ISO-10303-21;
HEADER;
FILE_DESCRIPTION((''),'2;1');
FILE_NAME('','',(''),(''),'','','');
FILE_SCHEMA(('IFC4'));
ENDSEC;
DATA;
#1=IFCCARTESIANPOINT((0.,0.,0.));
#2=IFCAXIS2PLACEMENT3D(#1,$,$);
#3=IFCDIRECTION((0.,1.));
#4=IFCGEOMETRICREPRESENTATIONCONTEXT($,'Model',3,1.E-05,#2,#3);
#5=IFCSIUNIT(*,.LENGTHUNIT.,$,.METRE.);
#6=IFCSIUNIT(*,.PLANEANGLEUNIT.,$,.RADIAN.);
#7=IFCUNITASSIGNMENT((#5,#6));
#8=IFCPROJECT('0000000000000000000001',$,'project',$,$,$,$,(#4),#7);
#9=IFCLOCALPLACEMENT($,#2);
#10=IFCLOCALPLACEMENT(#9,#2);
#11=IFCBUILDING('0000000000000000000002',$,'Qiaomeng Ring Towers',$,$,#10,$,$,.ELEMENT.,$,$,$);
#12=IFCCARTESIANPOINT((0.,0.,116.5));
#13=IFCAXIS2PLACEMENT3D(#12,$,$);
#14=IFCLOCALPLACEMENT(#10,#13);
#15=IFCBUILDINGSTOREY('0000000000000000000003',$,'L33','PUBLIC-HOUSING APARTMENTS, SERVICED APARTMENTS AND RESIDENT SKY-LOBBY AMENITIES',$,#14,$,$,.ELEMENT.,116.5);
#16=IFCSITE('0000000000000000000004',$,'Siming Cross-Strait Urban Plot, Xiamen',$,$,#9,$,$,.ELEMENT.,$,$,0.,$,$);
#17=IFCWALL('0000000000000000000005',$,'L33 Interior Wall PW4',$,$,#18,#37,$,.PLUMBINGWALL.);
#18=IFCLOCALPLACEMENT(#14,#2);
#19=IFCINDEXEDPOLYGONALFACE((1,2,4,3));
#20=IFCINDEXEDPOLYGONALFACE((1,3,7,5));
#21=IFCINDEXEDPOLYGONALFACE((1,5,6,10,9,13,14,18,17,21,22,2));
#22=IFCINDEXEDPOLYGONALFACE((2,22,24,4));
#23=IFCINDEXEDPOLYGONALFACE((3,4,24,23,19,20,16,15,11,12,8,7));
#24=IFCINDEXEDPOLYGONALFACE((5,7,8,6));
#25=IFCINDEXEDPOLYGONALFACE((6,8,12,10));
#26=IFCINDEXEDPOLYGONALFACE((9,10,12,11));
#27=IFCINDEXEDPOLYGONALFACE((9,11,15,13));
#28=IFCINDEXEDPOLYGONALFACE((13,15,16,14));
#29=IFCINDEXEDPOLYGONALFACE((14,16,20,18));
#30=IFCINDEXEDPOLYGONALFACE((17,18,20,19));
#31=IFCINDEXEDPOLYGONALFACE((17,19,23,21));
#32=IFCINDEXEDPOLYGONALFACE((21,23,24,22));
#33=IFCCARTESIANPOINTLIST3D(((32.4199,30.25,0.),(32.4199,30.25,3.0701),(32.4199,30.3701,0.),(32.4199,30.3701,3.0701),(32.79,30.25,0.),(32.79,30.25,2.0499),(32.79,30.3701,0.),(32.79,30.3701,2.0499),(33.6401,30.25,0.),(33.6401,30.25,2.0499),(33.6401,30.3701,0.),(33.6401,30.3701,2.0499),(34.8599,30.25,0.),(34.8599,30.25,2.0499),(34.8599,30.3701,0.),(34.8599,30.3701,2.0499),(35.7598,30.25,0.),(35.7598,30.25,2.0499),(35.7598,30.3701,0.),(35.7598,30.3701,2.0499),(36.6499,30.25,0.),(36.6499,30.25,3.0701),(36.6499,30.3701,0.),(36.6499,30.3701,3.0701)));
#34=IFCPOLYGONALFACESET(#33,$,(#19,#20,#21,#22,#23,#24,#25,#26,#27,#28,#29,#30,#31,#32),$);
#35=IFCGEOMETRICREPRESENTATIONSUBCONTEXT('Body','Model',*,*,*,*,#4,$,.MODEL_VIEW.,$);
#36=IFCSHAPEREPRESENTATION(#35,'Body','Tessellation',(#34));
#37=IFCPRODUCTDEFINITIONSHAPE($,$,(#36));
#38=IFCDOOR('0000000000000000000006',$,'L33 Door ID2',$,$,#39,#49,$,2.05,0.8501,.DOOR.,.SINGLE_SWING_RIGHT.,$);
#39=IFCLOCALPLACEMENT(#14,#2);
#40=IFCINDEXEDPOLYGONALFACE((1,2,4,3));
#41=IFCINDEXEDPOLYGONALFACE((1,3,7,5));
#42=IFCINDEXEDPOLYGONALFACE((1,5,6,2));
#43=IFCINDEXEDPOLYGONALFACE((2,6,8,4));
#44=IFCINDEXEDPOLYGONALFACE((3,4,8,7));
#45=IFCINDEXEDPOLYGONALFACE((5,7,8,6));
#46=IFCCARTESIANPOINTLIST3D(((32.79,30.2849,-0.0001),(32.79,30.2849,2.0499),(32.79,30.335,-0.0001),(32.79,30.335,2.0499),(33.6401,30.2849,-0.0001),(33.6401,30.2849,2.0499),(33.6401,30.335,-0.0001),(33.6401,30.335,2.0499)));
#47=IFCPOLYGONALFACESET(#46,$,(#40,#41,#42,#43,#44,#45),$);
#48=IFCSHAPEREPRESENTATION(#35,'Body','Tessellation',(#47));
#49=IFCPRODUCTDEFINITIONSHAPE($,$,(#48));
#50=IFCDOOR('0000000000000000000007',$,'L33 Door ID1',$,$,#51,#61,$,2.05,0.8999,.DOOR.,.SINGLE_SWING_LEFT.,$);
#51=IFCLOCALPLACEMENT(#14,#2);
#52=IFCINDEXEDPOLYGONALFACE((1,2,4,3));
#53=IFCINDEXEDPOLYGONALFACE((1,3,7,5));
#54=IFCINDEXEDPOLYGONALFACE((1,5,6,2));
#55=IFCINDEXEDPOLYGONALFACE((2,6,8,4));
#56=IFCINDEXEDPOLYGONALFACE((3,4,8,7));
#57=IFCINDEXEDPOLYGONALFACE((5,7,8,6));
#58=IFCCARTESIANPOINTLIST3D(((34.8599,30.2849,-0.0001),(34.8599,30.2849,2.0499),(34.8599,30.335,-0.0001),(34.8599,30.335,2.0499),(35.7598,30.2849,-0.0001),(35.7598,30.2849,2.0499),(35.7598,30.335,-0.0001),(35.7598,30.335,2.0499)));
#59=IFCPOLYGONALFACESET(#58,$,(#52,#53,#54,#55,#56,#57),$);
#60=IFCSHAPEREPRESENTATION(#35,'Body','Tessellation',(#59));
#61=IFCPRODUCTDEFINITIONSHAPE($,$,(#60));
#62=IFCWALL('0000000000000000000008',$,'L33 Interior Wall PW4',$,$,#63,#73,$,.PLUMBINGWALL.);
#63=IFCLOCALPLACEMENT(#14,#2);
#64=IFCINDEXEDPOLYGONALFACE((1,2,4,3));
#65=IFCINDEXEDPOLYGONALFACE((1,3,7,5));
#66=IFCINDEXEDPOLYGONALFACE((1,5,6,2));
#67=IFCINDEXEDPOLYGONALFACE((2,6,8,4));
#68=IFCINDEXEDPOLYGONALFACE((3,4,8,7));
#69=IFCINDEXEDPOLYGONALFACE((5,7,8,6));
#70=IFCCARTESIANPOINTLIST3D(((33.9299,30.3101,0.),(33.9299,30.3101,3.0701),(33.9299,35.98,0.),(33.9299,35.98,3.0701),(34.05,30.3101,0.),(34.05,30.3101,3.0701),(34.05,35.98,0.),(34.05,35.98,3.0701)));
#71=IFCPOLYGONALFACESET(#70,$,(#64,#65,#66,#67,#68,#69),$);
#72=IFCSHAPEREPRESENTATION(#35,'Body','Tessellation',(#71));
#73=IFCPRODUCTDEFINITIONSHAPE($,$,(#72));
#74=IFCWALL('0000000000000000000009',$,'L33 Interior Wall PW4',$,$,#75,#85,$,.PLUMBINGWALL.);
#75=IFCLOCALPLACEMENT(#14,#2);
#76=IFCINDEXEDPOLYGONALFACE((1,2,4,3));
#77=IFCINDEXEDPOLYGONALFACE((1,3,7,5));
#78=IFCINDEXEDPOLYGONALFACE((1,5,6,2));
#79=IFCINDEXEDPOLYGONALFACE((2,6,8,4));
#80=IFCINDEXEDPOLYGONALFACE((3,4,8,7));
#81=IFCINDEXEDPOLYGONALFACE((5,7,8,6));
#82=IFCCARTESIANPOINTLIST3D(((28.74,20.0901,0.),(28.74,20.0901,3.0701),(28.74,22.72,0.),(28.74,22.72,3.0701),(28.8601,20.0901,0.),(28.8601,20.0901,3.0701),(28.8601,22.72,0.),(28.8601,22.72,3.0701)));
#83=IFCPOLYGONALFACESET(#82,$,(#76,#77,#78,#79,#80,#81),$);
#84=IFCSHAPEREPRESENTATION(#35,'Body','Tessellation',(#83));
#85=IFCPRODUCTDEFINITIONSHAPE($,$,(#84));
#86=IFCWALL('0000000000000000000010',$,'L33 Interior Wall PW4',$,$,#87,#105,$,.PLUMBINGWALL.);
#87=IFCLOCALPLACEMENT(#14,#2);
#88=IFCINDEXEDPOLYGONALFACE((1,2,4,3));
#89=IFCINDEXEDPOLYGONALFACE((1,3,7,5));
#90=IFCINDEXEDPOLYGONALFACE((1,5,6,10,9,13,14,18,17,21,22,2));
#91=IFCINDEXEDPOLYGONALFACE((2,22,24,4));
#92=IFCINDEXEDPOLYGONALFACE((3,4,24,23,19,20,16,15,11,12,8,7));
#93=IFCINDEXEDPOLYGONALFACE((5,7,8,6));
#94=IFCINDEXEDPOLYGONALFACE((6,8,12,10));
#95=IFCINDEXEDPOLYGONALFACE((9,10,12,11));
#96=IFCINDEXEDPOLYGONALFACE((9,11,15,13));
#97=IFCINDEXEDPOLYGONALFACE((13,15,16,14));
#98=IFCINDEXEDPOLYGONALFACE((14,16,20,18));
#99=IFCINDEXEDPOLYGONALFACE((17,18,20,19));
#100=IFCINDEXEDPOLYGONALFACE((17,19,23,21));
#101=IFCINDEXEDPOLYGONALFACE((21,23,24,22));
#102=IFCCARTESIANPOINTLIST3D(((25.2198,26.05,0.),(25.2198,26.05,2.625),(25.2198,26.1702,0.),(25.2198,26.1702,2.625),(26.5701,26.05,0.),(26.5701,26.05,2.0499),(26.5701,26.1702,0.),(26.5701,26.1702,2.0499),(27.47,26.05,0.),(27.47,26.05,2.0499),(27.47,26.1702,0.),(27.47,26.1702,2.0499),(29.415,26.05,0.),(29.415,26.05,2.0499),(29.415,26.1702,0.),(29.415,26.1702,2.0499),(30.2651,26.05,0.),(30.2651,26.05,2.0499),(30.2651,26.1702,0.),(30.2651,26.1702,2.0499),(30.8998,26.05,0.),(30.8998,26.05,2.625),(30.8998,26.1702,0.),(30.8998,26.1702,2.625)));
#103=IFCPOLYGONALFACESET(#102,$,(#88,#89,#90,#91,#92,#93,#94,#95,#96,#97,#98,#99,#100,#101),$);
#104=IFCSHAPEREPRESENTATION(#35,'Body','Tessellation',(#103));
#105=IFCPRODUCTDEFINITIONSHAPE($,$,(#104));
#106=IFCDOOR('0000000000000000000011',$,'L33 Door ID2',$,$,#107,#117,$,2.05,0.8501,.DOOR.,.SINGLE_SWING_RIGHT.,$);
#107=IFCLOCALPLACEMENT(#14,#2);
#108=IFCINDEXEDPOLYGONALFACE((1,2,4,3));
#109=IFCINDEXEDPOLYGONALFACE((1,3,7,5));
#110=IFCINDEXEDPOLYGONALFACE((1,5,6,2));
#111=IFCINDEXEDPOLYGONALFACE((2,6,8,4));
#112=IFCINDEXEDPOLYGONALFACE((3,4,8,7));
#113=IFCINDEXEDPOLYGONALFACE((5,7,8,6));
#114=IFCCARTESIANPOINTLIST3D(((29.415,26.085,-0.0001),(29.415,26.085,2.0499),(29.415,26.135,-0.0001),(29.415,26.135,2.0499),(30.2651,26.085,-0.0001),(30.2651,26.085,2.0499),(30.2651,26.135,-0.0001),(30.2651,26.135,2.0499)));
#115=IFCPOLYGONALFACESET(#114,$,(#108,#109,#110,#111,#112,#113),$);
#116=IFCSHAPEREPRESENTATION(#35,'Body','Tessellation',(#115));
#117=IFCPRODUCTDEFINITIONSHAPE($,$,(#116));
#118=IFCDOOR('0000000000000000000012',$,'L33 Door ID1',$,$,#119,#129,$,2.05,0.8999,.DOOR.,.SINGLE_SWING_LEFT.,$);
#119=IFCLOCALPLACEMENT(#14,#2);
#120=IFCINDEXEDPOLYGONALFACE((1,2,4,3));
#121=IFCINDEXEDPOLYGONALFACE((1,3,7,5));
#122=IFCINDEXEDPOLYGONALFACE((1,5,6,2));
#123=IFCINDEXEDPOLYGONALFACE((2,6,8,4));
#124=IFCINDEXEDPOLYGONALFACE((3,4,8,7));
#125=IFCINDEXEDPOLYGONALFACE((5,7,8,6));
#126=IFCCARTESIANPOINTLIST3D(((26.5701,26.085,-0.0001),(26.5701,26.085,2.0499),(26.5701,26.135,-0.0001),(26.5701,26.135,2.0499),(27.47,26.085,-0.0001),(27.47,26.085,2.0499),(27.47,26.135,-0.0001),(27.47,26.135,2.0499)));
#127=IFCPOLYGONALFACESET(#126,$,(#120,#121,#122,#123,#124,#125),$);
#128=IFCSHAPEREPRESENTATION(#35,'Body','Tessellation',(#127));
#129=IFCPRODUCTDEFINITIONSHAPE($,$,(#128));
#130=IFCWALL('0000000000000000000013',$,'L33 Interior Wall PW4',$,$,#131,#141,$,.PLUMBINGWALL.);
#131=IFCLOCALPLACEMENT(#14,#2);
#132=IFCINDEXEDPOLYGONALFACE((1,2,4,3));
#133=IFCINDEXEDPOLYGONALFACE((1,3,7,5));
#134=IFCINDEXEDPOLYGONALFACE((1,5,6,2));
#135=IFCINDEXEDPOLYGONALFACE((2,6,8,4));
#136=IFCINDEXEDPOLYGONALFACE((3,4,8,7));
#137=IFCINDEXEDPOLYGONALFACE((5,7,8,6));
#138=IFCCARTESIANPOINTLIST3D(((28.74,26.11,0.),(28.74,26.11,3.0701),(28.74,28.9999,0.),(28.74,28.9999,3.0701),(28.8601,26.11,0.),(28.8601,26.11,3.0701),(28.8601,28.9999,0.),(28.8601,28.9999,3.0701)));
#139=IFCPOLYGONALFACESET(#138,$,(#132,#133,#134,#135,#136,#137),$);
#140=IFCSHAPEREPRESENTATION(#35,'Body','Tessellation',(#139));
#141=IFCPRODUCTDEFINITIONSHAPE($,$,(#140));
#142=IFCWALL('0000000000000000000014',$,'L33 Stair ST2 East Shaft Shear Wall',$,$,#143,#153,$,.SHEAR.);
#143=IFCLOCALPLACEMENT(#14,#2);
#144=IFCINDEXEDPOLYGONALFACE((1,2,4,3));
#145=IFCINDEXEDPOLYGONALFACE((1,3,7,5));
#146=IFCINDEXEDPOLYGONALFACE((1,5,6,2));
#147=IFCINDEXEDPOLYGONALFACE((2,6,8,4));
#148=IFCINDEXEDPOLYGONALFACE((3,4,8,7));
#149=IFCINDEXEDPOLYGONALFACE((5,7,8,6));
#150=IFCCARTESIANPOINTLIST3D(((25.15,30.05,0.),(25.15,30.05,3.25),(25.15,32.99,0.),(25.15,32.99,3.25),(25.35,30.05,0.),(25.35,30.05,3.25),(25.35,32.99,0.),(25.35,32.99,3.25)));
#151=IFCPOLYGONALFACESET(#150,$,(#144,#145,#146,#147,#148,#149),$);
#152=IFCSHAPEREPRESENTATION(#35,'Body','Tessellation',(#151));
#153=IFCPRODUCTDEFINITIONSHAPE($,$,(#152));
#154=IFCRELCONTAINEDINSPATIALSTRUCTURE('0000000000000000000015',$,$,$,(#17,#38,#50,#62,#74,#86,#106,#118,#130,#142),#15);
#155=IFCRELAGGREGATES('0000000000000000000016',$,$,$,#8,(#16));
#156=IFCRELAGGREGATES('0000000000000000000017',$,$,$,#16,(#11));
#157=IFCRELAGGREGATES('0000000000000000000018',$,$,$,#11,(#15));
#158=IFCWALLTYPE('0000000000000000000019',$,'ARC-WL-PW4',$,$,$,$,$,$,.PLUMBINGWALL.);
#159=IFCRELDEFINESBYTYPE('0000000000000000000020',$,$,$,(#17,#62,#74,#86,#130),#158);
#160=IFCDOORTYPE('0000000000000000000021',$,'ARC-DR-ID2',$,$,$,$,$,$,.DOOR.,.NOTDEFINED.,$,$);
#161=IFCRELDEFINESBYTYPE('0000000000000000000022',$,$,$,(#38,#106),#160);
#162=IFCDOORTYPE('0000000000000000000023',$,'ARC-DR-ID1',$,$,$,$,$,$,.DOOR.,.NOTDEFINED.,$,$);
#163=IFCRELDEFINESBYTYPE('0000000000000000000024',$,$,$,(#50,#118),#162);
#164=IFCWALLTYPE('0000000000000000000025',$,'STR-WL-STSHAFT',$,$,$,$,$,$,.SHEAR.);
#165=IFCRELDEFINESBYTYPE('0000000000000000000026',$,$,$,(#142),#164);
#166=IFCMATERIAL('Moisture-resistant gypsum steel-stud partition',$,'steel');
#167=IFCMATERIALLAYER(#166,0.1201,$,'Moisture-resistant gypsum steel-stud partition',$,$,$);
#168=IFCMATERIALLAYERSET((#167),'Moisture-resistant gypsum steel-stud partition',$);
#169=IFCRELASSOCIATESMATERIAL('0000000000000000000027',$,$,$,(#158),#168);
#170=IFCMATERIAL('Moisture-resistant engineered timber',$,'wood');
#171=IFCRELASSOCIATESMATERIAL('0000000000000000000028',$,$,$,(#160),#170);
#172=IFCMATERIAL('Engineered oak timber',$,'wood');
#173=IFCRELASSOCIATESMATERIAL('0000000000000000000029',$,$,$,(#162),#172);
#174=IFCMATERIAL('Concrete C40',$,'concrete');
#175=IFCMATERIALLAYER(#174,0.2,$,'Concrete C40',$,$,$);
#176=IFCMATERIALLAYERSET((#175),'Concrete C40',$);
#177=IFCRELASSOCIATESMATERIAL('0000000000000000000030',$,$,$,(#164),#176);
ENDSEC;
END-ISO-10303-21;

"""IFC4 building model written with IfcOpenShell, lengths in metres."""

from ifc_helpers import new_model, si_unit, direction, frame, frame_2d, origin, place, context, subcontext, project, spatial, rectangle, extrude, source, transform, mapped, material, layer, layer_set, type_object, element, fill, save


model = new_model("IFC4")

# Units and contexts
model_context = context("Model", 3, precision=1e-05, world=origin(), true_north=direction((0.0, 1.0)))
body_context = subcontext(model_context, "Body", "Model", "MODEL_VIEW")
ifc_project = project(units=[si_unit("LENGTHUNIT", "METRE"), si_unit("PLANEANGLEUNIT", "RADIAN")], contexts=[model_context])

# Site, building, storey
site_placement = place(None, origin())
site = spatial("IfcSite", under=ifc_project, at=site_placement, Name="Siming Cross-Strait Urban Plot, Xiamen", CompositionType="ELEMENT", RefElevation=0.0)
building_placement = place(site_placement, origin())
building = spatial("IfcBuilding", under=site, at=building_placement, Name="Qiaomeng Ring Towers", CompositionType="ELEMENT")
storey_placement = place(building_placement, frame((0.0, 0.0, 116.5)))
storey = spatial("IfcBuildingStorey", under=building, at=storey_placement, Name="L33", Description="PUBLIC-HOUSING APARTMENTS, SERVICED APARTMENTS AND RESIDENT SKY-LOBBY AMENITIES", CompositionType="ELEMENT", Elevation=116.5)

# Wall, openings, doors
ifc_material_1 = material(Name="Moisture-resistant gypsum steel-stud partition", Category="steel")
ifc_layer_1 = layer(ifc_material_1, 0.1201, Name="Moisture-resistant gypsum steel-stud partition")
ifc_layer_set_1 = layer_set([ifc_layer_1], Name="Moisture-resistant gypsum steel-stud partition")
wall_type_1 = type_object("IfcWallType", Name="ARC-WL-PW4", PredefinedType="PLUMBINGWALL", material=ifc_layer_set_1)
wall_1_placement = place(storey_placement, frame((32.4199, 30.3101, 0.0), z_axis=(0.0, 0.0, 1.0), x_axis=(1.0, 0.0, 0.0)))
wall_1 = element("IfcWall", 1, at=wall_1_placement, inside=storey, type_object=wall_type_1, Name="L33 Interior Wall PW4", PredefinedType="PLUMBINGWALL", context=body_context, shape_type="SweptSolid", body=[
    extrude(rectangle(XDim=4.23, YDim=0.1201, at=frame_2d((2.115, 0.0))), origin(), (0.0, 0.0, 1.0), 3.0701),
])
opening_1_placement = place(wall_1_placement, frame((0.3701, 0.0, 0.0)))
opening_1 = element("IfcOpeningElement", 2, at=opening_1_placement, cuts=wall_1, PredefinedType="OPENING", context=body_context, shape_type="SweptSolid", body=[
    extrude(rectangle(XDim=0.8501, YDim=2.05, at=frame_2d((0.425, 1.0249))), frame((0.0, 0.0701, 0.0), z_axis=(0.0, -1.0, 0.0), x_axis=(1.0, 0.0, 0.0)), (0.0, 0.0, 1.0), 0.1401),
])
opening_2_placement = place(wall_1_placement, frame((2.4399, 0.0, 0.0)))
opening_2 = element("IfcOpeningElement", 3, at=opening_2_placement, cuts=wall_1, PredefinedType="OPENING", context=body_context, shape_type="SweptSolid", body=[
    extrude(rectangle(XDim=0.8999, YDim=2.05, at=frame_2d((0.45, 1.0249))), frame((0.0, 0.0701, 0.0), z_axis=(0.0, -1.0, 0.0), x_axis=(1.0, 0.0, 0.0)), (0.0, 0.0, 1.0), 0.1401),
])
ifc_material_2 = material(Name="Moisture-resistant engineered timber", Category="wood")
door_type_1 = type_object("IfcDoorType", Name="ARC-DR-ID2", OperationType="NOTDEFINED", PredefinedType="DOOR", material=ifc_material_2)
shared_shape_1 = source(origin(), body_context, "Body", "SweptSolid", [
    extrude(rectangle(XDim=0.8501, YDim=2.05, at=frame_2d((0.425, 1.0249))), frame((0.0, 0.0249, 0.0), z_axis=(0.0, -1.0, 0.0), x_axis=(1.0, 0.0, 0.0)), (0.0, 0.0, 1.0), 0.05),
])
door_1_placement = place(opening_1_placement, origin())
door_1 = element("IfcDoor", 4, at=door_1_placement, inside=storey, type_object=door_type_1, Name="L33 Door ID2", OperationType="SINGLE_SWING_RIGHT", OverallHeight=2.05, OverallWidth=0.8501, PredefinedType="DOOR", context=body_context, shape_type="MappedRepresentation", body=[
    mapped(shared_shape_1, transform((0.0, 0.0, 0.0), x_axis=(1.0, 0.0, 0.0), y_axis=(0.0, 1.0, 0.0), z_axis=(0.0, 0.0, 1.0), scale=1.0)),
])
fill(opening_1, door_1)
ifc_material_3 = material(Name="Engineered oak timber", Category="wood")
door_type_2 = type_object("IfcDoorType", Name="ARC-DR-ID1", OperationType="NOTDEFINED", PredefinedType="DOOR", material=ifc_material_3)
shared_shape_2 = source(origin(), body_context, "Body", "SweptSolid", [
    extrude(rectangle(XDim=0.8999, YDim=2.05, at=frame_2d((0.45, 1.0249))), frame((0.0, 0.0249, 0.0), z_axis=(0.0, -1.0, 0.0), x_axis=(1.0, 0.0, 0.0)), (0.0, 0.0, 1.0), 0.05),
])
door_2_placement = place(opening_2_placement, origin())
door_2 = element("IfcDoor", 5, at=door_2_placement, inside=storey, type_object=door_type_2, Name="L33 Door ID1", OperationType="SINGLE_SWING_LEFT", OverallHeight=2.05, OverallWidth=0.8999, PredefinedType="DOOR", context=body_context, shape_type="MappedRepresentation", body=[
    mapped(shared_shape_2, transform((0.0, 0.0, 0.0), x_axis=(1.0, 0.0, 0.0), y_axis=(0.0, 1.0, 0.0), z_axis=(0.0, 0.0, 1.0), scale=1.0)),
])
fill(opening_2, door_2)

# Walls
wall_2_placement = place(storey_placement, frame((33.99, 30.3101, 0.0), z_axis=(0.0, 0.0, 1.0), x_axis=(0.0, 1.0, 0.0)))
element("IfcWall", 6, at=wall_2_placement, inside=storey, type_object=wall_type_1, Name="L33 Interior Wall PW4", PredefinedType="PLUMBINGWALL", context=body_context, shape_type="SweptSolid", body=[
    extrude(rectangle(XDim=5.6699, YDim=0.1201, at=frame_2d((2.835, 0.0))), origin(), (0.0, 0.0, 1.0), 3.0701),
])
wall_3_placement = place(storey_placement, frame((28.8, 20.0901, 0.0), z_axis=(0.0, 0.0, 1.0), x_axis=(0.0, 1.0, 0.0)))
element("IfcWall", 7, at=wall_3_placement, inside=storey, type_object=wall_type_1, Name="L33 Interior Wall PW4", PredefinedType="PLUMBINGWALL", context=body_context, shape_type="SweptSolid", body=[
    extrude(rectangle(XDim=2.6299, YDim=0.1201, at=frame_2d((1.3149, 0.0))), origin(), (0.0, 0.0, 1.0), 3.0701),
])

# Wall, openings, doors
wall_4_placement = place(storey_placement, frame((25.22, 26.1101, 0.0), z_axis=(0.0, 0.0, 1.0), x_axis=(1.0, 0.0, 0.0)))
wall_4 = element("IfcWall", 8, at=wall_4_placement, inside=storey, type_object=wall_type_1, Name="L33 Interior Wall PW4", PredefinedType="PLUMBINGWALL", context=body_context, shape_type="SweptSolid", body=[
    extrude(rectangle(XDim=5.6799, YDim=0.1201, at=frame_2d((2.8398, 0.0))), origin(), (0.0, 0.0, 1.0), 2.625),
])
opening_3_placement = place(wall_4_placement, frame((1.3501, 0.0, 0.0)))
opening_3 = element("IfcOpeningElement", 9, at=opening_3_placement, cuts=wall_4, PredefinedType="OPENING", context=body_context, shape_type="SweptSolid", body=[
    extrude(rectangle(XDim=0.8999, YDim=2.05, at=frame_2d((0.45, 1.0249))), frame((0.0, 0.0701, 0.0), z_axis=(0.0, -1.0, 0.0), x_axis=(1.0, 0.0, 0.0)), (0.0, 0.0, 1.0), 0.1401),
])
opening_4_placement = place(wall_4_placement, frame((4.1951, 0.0, 0.0)))
opening_4 = element("IfcOpeningElement", 10, at=opening_4_placement, cuts=wall_4, PredefinedType="OPENING", context=body_context, shape_type="SweptSolid", body=[
    extrude(rectangle(XDim=0.8501, YDim=2.05, at=frame_2d((0.425, 1.0249))), frame((0.0, 0.0701, 0.0), z_axis=(0.0, -1.0, 0.0), x_axis=(1.0, 0.0, 0.0)), (0.0, 0.0, 1.0), 0.1401),
])
door_3_placement = place(opening_4_placement, origin())
door_3 = element("IfcDoor", 11, at=door_3_placement, inside=storey, type_object=door_type_1, Name="L33 Door ID2", OperationType="SINGLE_SWING_RIGHT", OverallHeight=2.05, OverallWidth=0.8501, PredefinedType="DOOR", context=body_context, shape_type="MappedRepresentation", body=[
    mapped(shared_shape_1, transform((0.0, 0.0, 0.0), x_axis=(1.0, 0.0, 0.0), y_axis=(0.0, 1.0, 0.0), z_axis=(0.0, 0.0, 1.0), scale=1.0)),
])
fill(opening_4, door_3)
door_4_placement = place(opening_3_placement, origin())
door_4 = element("IfcDoor", 12, at=door_4_placement, inside=storey, type_object=door_type_2, Name="L33 Door ID1", OperationType="SINGLE_SWING_LEFT", OverallHeight=2.05, OverallWidth=0.8999, PredefinedType="DOOR", context=body_context, shape_type="MappedRepresentation", body=[
    mapped(shared_shape_2, transform((0.0, 0.0, 0.0), x_axis=(1.0, 0.0, 0.0), y_axis=(0.0, 1.0, 0.0), z_axis=(0.0, 0.0, 1.0), scale=1.0)),
])
fill(opening_3, door_4)

# Walls
wall_5_placement = place(storey_placement, frame((28.8, 26.1101, 0.0), z_axis=(0.0, 0.0, 1.0), x_axis=(0.0, 1.0, 0.0)))
element("IfcWall", 13, at=wall_5_placement, inside=storey, type_object=wall_type_1, Name="L33 Interior Wall PW4", PredefinedType="PLUMBINGWALL", context=body_context, shape_type="SweptSolid", body=[
    extrude(rectangle(XDim=2.8899, YDim=0.1201, at=frame_2d((1.4448, 0.0))), origin(), (0.0, 0.0, 1.0), 3.0701),
])
ifc_material_4 = material(Name="Concrete C40", Category="concrete")
ifc_layer_2 = layer(ifc_material_4, 0.2, Name="Concrete C40")
ifc_layer_set_2 = layer_set([ifc_layer_2], Name="Concrete C40")
wall_type_2 = type_object("IfcWallType", Name="STR-WL-STSHAFT", PredefinedType="SHEAR", material=ifc_layer_set_2)
wall_6_placement = place(storey_placement, frame((25.25, 30.05, 0.0), z_axis=(0.0, 0.0, 1.0), x_axis=(0.0, 1.0, 0.0)))
element("IfcWall", 14, at=wall_6_placement, inside=storey, type_object=wall_type_2, Name="L33 Stair ST2 East Shaft Shear Wall", PredefinedType="SHEAR", context=body_context, shape_type="SweptSolid", body=[
    extrude(rectangle(XDim=2.9399, YDim=0.2, at=frame_2d((1.47, 0.0))), origin(), (0.0, 0.0, 1.0), 3.25),
])

save(model, "model.ifc")
